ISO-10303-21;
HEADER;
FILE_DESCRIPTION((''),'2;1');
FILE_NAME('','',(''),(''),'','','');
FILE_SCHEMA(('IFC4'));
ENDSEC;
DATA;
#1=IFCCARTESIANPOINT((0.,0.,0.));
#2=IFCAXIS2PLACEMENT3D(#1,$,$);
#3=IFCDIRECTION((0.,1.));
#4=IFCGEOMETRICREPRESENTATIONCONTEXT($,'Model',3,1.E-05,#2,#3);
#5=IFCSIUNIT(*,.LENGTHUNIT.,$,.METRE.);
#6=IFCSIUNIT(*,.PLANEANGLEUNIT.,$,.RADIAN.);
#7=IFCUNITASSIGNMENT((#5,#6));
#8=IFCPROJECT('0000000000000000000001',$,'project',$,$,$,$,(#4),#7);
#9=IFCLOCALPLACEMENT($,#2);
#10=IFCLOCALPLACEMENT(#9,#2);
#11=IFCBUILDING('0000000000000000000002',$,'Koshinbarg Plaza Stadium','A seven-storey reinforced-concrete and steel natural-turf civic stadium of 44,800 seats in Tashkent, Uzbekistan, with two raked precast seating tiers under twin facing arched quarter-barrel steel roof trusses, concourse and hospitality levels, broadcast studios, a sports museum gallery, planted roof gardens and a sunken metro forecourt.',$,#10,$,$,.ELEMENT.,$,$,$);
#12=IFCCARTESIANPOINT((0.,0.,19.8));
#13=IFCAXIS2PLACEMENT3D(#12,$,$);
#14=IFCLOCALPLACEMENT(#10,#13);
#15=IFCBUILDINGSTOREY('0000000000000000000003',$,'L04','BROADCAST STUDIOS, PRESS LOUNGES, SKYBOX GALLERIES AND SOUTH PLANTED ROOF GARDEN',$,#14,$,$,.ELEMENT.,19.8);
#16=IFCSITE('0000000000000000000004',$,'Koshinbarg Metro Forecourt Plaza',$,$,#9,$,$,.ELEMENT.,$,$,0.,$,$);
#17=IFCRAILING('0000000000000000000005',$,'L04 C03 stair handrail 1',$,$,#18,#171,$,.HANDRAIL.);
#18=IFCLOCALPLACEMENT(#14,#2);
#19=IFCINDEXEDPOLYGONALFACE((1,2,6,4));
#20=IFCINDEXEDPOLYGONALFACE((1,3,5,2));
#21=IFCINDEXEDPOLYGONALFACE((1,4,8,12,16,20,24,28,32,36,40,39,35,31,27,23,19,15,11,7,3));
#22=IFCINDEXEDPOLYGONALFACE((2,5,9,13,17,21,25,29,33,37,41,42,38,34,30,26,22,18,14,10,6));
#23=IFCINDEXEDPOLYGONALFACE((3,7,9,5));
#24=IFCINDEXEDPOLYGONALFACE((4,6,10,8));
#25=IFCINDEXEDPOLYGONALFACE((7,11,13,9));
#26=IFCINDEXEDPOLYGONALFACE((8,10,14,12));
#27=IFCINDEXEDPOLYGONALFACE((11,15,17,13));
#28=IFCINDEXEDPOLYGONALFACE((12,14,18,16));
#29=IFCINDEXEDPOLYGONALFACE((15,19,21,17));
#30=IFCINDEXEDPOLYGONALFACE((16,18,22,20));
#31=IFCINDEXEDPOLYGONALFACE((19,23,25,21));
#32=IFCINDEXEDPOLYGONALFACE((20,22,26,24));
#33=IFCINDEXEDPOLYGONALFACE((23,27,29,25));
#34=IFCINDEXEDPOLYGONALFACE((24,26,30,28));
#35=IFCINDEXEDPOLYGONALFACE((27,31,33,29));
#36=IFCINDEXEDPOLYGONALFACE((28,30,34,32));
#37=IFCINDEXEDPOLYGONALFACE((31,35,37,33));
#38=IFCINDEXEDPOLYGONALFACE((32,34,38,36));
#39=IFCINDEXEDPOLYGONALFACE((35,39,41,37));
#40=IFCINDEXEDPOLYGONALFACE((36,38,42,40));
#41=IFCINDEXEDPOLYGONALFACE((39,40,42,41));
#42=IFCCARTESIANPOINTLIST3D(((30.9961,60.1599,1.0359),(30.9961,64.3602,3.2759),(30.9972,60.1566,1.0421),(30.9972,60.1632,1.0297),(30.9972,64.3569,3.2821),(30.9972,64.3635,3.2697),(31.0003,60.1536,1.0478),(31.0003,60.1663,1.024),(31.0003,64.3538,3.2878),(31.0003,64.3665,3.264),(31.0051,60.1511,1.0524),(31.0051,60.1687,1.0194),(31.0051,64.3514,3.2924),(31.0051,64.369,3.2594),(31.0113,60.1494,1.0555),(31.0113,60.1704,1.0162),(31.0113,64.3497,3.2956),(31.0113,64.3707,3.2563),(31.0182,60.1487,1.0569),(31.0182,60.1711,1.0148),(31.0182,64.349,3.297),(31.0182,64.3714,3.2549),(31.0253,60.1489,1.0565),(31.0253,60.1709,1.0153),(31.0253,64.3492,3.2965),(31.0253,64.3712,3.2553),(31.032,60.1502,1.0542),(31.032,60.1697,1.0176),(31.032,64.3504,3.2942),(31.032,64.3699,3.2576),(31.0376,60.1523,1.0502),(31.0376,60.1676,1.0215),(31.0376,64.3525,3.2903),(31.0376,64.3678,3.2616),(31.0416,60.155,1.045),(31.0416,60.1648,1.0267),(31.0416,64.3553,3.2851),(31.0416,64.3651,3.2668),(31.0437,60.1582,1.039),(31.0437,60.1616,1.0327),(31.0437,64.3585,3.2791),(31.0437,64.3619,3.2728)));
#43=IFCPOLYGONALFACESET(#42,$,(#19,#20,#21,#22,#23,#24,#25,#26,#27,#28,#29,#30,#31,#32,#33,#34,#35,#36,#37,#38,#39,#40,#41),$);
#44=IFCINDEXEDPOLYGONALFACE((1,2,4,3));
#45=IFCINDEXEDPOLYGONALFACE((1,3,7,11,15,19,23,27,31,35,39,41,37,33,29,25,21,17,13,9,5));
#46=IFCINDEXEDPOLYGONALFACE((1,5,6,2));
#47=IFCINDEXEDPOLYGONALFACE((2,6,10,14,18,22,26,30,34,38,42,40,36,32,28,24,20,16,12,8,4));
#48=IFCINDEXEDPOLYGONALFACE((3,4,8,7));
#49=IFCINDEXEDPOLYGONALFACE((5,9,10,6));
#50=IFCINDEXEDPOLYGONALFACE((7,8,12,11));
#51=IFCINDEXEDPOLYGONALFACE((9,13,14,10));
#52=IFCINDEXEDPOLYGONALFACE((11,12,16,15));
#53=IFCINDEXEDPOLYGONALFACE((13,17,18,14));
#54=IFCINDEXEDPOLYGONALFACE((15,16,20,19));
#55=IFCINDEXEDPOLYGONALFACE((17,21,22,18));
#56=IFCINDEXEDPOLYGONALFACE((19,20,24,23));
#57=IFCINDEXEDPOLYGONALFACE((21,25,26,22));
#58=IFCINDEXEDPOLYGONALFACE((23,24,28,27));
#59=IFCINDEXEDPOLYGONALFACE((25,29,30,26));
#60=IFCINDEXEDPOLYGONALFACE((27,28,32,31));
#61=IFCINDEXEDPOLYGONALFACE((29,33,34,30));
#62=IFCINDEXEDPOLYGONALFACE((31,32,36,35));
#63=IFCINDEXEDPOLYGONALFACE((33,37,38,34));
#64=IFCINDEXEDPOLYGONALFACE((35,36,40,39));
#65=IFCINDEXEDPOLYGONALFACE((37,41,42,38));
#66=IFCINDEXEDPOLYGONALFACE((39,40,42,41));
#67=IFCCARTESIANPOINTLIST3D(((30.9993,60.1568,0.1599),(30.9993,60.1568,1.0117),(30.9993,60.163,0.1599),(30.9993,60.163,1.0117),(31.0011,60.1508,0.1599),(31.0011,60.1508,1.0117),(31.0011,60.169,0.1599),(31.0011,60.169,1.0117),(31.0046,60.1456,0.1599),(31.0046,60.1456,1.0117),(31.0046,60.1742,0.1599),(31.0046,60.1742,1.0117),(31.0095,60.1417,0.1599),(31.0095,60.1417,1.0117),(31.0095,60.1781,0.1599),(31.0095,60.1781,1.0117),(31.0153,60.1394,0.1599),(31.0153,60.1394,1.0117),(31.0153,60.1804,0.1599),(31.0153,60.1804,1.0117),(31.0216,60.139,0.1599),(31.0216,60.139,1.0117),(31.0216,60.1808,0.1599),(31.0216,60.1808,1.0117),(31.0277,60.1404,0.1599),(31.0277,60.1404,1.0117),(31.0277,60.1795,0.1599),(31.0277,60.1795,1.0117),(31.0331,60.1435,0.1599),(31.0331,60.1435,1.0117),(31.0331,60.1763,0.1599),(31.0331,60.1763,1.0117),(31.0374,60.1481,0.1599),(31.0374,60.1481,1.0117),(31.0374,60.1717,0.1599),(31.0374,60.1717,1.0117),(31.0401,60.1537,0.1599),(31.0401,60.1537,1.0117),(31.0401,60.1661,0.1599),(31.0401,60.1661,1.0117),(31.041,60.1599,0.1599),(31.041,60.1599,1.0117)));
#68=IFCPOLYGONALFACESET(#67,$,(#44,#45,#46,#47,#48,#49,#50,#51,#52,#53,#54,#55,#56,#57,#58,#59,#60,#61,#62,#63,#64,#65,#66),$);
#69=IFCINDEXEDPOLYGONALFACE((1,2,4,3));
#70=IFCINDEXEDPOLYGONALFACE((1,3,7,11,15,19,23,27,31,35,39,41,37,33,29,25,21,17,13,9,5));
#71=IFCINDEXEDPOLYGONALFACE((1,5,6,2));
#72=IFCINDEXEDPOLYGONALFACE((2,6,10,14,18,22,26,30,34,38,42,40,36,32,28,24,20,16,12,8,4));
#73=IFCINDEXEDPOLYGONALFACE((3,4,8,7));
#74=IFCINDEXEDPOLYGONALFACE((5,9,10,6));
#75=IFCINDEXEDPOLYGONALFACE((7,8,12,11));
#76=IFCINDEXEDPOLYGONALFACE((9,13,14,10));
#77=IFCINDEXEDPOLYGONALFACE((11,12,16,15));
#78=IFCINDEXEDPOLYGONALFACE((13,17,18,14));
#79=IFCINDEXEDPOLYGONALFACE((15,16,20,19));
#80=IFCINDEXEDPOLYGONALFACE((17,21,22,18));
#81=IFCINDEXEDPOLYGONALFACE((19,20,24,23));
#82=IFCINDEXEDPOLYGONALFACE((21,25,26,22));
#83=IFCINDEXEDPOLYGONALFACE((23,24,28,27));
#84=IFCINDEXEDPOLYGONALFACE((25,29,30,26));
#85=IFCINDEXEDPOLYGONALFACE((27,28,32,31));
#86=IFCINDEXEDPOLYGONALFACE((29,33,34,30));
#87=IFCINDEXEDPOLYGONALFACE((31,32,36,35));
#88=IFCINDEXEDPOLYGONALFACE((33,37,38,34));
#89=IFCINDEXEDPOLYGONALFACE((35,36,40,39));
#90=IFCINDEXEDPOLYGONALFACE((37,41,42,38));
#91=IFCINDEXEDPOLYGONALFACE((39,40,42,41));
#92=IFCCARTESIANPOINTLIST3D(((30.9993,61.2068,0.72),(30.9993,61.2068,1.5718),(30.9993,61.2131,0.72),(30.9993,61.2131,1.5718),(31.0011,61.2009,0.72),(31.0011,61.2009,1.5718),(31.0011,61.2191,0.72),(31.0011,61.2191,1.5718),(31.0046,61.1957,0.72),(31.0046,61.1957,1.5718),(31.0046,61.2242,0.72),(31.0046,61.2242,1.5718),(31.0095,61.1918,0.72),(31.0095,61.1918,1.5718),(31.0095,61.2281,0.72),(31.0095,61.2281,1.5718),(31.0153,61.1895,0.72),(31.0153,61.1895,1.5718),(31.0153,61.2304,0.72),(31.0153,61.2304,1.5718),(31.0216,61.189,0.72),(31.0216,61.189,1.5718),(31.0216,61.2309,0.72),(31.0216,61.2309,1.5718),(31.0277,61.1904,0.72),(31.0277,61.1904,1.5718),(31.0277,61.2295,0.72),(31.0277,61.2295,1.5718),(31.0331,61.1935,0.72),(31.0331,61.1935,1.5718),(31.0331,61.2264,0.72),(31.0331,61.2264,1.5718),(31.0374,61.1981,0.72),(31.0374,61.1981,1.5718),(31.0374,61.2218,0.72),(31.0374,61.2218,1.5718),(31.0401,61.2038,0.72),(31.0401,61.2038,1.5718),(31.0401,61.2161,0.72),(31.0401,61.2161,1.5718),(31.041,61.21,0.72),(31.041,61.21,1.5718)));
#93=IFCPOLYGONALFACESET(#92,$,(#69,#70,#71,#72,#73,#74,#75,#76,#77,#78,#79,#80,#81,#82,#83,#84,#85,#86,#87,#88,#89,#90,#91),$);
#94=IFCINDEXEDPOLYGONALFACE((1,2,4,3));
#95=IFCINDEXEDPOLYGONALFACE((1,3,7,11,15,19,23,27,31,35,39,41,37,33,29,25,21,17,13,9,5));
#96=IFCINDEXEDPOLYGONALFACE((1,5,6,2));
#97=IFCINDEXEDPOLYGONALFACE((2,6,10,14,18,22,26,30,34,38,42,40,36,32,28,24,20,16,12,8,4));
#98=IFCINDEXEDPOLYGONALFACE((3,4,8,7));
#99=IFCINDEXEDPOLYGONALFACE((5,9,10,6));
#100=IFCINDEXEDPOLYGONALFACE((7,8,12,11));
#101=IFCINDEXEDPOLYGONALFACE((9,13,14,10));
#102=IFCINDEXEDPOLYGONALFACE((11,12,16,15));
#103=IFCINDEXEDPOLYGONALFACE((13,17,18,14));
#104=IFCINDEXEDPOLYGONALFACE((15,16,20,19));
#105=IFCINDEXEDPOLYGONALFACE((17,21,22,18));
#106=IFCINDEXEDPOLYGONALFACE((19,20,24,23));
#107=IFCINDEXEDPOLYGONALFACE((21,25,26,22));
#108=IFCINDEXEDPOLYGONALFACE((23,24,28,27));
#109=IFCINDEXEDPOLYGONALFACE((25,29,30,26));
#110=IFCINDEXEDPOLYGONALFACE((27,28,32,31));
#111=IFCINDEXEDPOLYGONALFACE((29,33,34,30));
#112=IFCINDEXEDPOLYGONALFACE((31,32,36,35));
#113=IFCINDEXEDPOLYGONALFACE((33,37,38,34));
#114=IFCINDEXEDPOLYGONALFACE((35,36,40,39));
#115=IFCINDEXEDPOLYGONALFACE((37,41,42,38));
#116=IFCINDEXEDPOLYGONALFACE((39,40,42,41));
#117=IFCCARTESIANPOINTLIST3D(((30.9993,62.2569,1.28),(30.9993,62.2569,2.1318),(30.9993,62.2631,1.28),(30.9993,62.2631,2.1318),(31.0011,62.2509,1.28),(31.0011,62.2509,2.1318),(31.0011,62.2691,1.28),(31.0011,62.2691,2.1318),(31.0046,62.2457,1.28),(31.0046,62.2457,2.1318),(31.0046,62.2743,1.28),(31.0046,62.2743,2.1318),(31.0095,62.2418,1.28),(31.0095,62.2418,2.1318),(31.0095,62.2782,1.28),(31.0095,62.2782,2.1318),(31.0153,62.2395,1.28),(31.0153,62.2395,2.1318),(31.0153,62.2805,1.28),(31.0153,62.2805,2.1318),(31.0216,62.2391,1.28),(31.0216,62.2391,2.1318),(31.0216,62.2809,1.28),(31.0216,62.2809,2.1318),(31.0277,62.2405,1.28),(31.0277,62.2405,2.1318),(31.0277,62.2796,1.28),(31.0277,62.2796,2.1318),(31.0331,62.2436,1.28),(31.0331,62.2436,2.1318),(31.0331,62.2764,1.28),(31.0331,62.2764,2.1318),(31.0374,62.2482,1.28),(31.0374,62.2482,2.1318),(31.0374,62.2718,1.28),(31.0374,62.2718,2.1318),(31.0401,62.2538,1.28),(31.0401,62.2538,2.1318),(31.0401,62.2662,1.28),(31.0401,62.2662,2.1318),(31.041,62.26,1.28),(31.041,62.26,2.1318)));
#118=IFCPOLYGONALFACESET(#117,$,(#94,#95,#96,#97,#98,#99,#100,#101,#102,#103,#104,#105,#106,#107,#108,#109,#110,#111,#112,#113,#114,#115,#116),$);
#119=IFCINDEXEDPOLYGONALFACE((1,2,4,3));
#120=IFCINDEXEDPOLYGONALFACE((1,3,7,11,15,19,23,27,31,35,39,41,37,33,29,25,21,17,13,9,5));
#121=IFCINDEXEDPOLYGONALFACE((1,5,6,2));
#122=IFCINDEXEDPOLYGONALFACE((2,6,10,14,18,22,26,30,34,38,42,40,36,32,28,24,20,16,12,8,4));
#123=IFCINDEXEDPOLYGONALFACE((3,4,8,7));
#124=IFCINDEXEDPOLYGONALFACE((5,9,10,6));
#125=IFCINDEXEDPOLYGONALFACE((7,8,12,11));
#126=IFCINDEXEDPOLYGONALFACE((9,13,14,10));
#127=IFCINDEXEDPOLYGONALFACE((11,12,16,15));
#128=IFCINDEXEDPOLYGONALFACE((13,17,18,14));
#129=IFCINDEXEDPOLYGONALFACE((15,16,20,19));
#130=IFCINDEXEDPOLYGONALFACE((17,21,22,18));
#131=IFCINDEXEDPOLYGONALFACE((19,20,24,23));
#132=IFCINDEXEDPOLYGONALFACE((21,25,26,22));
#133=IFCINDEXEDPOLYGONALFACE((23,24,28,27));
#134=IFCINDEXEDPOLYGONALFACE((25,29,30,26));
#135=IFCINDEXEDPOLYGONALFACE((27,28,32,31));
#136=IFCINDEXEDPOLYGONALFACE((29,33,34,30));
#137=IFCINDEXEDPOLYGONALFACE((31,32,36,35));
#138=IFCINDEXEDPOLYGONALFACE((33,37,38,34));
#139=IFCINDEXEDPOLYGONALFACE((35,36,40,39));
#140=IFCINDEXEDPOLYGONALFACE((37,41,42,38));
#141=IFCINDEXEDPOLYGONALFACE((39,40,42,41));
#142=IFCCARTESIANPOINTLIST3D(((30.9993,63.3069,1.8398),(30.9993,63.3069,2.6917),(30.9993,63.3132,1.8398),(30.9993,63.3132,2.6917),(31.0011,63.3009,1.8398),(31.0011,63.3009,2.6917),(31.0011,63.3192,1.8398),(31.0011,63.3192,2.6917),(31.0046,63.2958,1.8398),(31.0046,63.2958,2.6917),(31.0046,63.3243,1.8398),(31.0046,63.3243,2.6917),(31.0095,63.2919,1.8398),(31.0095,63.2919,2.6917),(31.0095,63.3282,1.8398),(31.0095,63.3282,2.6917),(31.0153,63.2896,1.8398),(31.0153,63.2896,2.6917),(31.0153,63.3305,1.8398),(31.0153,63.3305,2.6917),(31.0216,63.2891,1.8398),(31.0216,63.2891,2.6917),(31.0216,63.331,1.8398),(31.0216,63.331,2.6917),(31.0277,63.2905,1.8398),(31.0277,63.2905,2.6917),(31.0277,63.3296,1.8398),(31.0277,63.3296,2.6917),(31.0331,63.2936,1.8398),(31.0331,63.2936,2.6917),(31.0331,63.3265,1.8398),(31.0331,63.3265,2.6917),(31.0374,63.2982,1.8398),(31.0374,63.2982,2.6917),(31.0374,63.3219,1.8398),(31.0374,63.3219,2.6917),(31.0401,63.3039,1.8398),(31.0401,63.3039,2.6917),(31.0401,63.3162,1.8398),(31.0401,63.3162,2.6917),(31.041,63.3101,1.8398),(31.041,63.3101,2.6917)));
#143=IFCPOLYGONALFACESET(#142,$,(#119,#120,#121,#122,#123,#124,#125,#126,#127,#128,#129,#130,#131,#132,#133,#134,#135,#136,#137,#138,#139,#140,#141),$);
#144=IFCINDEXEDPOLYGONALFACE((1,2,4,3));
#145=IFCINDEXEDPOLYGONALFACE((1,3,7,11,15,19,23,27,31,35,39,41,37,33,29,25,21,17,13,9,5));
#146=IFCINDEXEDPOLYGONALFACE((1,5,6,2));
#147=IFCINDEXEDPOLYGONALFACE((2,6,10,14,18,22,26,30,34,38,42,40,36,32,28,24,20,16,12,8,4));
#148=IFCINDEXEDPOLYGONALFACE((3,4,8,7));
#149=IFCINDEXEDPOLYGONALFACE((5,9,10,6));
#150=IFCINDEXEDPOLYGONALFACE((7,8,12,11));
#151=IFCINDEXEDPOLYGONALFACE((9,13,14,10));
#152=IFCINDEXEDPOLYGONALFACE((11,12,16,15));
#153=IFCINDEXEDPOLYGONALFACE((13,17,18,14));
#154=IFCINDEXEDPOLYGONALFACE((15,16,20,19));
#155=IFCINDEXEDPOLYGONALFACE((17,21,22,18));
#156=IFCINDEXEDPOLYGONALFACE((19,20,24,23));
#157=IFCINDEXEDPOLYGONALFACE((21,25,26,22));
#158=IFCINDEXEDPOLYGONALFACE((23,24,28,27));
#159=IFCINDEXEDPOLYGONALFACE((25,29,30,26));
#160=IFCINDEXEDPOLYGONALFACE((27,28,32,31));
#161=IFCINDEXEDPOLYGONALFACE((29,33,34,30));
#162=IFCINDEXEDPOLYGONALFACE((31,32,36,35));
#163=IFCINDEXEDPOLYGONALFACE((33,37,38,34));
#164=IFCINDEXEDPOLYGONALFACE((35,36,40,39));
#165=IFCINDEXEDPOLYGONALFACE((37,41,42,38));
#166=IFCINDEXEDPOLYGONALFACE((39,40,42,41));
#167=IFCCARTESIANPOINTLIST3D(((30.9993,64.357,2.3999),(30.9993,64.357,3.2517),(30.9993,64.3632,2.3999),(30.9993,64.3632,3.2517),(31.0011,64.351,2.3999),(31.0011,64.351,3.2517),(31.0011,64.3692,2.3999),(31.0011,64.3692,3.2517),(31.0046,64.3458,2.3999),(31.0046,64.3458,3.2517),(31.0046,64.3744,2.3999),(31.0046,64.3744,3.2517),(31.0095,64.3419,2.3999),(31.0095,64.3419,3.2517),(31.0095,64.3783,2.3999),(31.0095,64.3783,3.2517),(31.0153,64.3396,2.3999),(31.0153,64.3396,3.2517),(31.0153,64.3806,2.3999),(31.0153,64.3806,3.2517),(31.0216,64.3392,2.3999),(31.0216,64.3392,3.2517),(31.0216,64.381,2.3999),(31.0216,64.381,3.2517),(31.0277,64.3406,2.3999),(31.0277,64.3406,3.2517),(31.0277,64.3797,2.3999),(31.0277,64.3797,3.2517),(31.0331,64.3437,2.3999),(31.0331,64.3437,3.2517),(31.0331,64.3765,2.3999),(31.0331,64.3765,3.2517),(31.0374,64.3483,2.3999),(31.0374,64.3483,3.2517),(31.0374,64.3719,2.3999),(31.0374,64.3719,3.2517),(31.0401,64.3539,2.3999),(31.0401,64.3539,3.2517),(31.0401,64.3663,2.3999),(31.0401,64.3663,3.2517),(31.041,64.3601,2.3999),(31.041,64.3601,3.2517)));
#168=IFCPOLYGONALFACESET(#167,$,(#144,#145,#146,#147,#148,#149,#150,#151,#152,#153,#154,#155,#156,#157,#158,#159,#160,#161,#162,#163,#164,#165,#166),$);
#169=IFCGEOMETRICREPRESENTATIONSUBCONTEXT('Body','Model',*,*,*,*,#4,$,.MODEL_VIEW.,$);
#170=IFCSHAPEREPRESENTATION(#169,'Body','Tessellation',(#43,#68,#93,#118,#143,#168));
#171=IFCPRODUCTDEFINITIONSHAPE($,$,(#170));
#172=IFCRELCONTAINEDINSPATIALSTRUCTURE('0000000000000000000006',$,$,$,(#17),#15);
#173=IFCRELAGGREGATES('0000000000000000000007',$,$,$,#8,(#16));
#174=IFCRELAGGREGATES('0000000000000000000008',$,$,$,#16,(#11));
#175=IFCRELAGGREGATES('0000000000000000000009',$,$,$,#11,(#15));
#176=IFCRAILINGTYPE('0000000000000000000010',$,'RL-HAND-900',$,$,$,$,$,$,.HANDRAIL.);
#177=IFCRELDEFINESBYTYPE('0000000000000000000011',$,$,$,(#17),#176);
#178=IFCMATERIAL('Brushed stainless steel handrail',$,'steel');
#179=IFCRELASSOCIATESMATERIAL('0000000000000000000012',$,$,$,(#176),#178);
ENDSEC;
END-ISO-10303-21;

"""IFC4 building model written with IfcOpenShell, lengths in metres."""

from ifc_helpers import new_model, si_unit, direction, frame, origin, origin_2d, place, context, subcontext, project, spatial, circle, extrude, material, type_object, element, save


model = new_model("IFC4")

# Units and contexts
model_context = context("Model", 3, precision=1e-05, world=origin(), true_north=direction((0.0, 1.0)))
body_context = subcontext(model_context, "Body", "Model", "MODEL_VIEW")
ifc_project = project(units=[si_unit("LENGTHUNIT", "METRE"), si_unit("PLANEANGLEUNIT", "RADIAN")], contexts=[model_context])

# Site, building, storey
site_placement = place(None, origin())
site = spatial("IfcSite", under=ifc_project, at=site_placement, Name="Koshinbarg Metro Forecourt Plaza", CompositionType="ELEMENT", RefElevation=0.0)
building_placement = place(site_placement, origin())
building = spatial("IfcBuilding", under=site, at=building_placement, Name="Koshinbarg Plaza Stadium", Description="A seven-storey reinforced-concrete and steel natural-turf civic stadium of 44,800 seats in Tashkent, Uzbekistan, with two raked precast seating tiers under twin facing arched quarter-barrel steel roof trusses, concourse and hospitality levels, broadcast studios, a sports museum gallery, planted roof gardens and a sunken metro forecourt.", CompositionType="ELEMENT")
storey_placement = place(building_placement, frame((0.0, 0.0, 19.8)))
storey = spatial("IfcBuildingStorey", under=building, at=storey_placement, Name="L04", Description="BROADCAST STUDIOS, PRESS LOUNGES, SKYBOX GALLERIES AND SOUTH PLANTED ROOF GARDEN", CompositionType="ELEMENT", Elevation=19.8)

# Railing
ifc_material_1 = material(Name="Brushed stainless steel handrail", Category="steel")
railing_type_1 = type_object("IfcRailingType", Name="RL-HAND-900", PredefinedType="HANDRAIL", material=ifc_material_1)
railing_1_placement = place(storey_placement, frame((31.02, 60.1599, 0.1599)))
element("IfcRailing", 1, at=railing_1_placement, inside=storey, type_object=railing_type_1, Name="L04 C03 stair handrail 1", PredefinedType="HANDRAIL", context=body_context, shape_type="SweptSolid", body=[
    extrude(circle(Radius=0.0239, at=origin_2d()), frame((0.0, 0.0, 0.876), z_axis=(0.0, 0.882363, 0.47057), x_axis=(-1.0, 0.0, 0.0)), (0.0, 0.0, 1.0), 4.7603),
    extrude(circle(Radius=0.021, at=origin_2d()), origin(), (0.0, 0.0, 1.0), 0.8518),
    extrude(circle(Radius=0.021, at=origin_2d()), frame((0.0, 1.05, 0.5601)), (0.0, 0.0, 1.0), 0.8518),
    extrude(circle(Radius=0.021, at=origin_2d()), frame((0.0, 2.1001, 1.1201)), (0.0, 0.0, 1.0), 0.8518),
    extrude(circle(Radius=0.021, at=origin_2d()), frame((0.0, 3.1501, 1.6799)), (0.0, 0.0, 1.0), 0.8518),
    extrude(circle(Radius=0.021, at=origin_2d()), frame((0.0, 4.2002, 2.24)), (0.0, 0.0, 1.0), 0.8518),
])

save(model, "model.ifc")
